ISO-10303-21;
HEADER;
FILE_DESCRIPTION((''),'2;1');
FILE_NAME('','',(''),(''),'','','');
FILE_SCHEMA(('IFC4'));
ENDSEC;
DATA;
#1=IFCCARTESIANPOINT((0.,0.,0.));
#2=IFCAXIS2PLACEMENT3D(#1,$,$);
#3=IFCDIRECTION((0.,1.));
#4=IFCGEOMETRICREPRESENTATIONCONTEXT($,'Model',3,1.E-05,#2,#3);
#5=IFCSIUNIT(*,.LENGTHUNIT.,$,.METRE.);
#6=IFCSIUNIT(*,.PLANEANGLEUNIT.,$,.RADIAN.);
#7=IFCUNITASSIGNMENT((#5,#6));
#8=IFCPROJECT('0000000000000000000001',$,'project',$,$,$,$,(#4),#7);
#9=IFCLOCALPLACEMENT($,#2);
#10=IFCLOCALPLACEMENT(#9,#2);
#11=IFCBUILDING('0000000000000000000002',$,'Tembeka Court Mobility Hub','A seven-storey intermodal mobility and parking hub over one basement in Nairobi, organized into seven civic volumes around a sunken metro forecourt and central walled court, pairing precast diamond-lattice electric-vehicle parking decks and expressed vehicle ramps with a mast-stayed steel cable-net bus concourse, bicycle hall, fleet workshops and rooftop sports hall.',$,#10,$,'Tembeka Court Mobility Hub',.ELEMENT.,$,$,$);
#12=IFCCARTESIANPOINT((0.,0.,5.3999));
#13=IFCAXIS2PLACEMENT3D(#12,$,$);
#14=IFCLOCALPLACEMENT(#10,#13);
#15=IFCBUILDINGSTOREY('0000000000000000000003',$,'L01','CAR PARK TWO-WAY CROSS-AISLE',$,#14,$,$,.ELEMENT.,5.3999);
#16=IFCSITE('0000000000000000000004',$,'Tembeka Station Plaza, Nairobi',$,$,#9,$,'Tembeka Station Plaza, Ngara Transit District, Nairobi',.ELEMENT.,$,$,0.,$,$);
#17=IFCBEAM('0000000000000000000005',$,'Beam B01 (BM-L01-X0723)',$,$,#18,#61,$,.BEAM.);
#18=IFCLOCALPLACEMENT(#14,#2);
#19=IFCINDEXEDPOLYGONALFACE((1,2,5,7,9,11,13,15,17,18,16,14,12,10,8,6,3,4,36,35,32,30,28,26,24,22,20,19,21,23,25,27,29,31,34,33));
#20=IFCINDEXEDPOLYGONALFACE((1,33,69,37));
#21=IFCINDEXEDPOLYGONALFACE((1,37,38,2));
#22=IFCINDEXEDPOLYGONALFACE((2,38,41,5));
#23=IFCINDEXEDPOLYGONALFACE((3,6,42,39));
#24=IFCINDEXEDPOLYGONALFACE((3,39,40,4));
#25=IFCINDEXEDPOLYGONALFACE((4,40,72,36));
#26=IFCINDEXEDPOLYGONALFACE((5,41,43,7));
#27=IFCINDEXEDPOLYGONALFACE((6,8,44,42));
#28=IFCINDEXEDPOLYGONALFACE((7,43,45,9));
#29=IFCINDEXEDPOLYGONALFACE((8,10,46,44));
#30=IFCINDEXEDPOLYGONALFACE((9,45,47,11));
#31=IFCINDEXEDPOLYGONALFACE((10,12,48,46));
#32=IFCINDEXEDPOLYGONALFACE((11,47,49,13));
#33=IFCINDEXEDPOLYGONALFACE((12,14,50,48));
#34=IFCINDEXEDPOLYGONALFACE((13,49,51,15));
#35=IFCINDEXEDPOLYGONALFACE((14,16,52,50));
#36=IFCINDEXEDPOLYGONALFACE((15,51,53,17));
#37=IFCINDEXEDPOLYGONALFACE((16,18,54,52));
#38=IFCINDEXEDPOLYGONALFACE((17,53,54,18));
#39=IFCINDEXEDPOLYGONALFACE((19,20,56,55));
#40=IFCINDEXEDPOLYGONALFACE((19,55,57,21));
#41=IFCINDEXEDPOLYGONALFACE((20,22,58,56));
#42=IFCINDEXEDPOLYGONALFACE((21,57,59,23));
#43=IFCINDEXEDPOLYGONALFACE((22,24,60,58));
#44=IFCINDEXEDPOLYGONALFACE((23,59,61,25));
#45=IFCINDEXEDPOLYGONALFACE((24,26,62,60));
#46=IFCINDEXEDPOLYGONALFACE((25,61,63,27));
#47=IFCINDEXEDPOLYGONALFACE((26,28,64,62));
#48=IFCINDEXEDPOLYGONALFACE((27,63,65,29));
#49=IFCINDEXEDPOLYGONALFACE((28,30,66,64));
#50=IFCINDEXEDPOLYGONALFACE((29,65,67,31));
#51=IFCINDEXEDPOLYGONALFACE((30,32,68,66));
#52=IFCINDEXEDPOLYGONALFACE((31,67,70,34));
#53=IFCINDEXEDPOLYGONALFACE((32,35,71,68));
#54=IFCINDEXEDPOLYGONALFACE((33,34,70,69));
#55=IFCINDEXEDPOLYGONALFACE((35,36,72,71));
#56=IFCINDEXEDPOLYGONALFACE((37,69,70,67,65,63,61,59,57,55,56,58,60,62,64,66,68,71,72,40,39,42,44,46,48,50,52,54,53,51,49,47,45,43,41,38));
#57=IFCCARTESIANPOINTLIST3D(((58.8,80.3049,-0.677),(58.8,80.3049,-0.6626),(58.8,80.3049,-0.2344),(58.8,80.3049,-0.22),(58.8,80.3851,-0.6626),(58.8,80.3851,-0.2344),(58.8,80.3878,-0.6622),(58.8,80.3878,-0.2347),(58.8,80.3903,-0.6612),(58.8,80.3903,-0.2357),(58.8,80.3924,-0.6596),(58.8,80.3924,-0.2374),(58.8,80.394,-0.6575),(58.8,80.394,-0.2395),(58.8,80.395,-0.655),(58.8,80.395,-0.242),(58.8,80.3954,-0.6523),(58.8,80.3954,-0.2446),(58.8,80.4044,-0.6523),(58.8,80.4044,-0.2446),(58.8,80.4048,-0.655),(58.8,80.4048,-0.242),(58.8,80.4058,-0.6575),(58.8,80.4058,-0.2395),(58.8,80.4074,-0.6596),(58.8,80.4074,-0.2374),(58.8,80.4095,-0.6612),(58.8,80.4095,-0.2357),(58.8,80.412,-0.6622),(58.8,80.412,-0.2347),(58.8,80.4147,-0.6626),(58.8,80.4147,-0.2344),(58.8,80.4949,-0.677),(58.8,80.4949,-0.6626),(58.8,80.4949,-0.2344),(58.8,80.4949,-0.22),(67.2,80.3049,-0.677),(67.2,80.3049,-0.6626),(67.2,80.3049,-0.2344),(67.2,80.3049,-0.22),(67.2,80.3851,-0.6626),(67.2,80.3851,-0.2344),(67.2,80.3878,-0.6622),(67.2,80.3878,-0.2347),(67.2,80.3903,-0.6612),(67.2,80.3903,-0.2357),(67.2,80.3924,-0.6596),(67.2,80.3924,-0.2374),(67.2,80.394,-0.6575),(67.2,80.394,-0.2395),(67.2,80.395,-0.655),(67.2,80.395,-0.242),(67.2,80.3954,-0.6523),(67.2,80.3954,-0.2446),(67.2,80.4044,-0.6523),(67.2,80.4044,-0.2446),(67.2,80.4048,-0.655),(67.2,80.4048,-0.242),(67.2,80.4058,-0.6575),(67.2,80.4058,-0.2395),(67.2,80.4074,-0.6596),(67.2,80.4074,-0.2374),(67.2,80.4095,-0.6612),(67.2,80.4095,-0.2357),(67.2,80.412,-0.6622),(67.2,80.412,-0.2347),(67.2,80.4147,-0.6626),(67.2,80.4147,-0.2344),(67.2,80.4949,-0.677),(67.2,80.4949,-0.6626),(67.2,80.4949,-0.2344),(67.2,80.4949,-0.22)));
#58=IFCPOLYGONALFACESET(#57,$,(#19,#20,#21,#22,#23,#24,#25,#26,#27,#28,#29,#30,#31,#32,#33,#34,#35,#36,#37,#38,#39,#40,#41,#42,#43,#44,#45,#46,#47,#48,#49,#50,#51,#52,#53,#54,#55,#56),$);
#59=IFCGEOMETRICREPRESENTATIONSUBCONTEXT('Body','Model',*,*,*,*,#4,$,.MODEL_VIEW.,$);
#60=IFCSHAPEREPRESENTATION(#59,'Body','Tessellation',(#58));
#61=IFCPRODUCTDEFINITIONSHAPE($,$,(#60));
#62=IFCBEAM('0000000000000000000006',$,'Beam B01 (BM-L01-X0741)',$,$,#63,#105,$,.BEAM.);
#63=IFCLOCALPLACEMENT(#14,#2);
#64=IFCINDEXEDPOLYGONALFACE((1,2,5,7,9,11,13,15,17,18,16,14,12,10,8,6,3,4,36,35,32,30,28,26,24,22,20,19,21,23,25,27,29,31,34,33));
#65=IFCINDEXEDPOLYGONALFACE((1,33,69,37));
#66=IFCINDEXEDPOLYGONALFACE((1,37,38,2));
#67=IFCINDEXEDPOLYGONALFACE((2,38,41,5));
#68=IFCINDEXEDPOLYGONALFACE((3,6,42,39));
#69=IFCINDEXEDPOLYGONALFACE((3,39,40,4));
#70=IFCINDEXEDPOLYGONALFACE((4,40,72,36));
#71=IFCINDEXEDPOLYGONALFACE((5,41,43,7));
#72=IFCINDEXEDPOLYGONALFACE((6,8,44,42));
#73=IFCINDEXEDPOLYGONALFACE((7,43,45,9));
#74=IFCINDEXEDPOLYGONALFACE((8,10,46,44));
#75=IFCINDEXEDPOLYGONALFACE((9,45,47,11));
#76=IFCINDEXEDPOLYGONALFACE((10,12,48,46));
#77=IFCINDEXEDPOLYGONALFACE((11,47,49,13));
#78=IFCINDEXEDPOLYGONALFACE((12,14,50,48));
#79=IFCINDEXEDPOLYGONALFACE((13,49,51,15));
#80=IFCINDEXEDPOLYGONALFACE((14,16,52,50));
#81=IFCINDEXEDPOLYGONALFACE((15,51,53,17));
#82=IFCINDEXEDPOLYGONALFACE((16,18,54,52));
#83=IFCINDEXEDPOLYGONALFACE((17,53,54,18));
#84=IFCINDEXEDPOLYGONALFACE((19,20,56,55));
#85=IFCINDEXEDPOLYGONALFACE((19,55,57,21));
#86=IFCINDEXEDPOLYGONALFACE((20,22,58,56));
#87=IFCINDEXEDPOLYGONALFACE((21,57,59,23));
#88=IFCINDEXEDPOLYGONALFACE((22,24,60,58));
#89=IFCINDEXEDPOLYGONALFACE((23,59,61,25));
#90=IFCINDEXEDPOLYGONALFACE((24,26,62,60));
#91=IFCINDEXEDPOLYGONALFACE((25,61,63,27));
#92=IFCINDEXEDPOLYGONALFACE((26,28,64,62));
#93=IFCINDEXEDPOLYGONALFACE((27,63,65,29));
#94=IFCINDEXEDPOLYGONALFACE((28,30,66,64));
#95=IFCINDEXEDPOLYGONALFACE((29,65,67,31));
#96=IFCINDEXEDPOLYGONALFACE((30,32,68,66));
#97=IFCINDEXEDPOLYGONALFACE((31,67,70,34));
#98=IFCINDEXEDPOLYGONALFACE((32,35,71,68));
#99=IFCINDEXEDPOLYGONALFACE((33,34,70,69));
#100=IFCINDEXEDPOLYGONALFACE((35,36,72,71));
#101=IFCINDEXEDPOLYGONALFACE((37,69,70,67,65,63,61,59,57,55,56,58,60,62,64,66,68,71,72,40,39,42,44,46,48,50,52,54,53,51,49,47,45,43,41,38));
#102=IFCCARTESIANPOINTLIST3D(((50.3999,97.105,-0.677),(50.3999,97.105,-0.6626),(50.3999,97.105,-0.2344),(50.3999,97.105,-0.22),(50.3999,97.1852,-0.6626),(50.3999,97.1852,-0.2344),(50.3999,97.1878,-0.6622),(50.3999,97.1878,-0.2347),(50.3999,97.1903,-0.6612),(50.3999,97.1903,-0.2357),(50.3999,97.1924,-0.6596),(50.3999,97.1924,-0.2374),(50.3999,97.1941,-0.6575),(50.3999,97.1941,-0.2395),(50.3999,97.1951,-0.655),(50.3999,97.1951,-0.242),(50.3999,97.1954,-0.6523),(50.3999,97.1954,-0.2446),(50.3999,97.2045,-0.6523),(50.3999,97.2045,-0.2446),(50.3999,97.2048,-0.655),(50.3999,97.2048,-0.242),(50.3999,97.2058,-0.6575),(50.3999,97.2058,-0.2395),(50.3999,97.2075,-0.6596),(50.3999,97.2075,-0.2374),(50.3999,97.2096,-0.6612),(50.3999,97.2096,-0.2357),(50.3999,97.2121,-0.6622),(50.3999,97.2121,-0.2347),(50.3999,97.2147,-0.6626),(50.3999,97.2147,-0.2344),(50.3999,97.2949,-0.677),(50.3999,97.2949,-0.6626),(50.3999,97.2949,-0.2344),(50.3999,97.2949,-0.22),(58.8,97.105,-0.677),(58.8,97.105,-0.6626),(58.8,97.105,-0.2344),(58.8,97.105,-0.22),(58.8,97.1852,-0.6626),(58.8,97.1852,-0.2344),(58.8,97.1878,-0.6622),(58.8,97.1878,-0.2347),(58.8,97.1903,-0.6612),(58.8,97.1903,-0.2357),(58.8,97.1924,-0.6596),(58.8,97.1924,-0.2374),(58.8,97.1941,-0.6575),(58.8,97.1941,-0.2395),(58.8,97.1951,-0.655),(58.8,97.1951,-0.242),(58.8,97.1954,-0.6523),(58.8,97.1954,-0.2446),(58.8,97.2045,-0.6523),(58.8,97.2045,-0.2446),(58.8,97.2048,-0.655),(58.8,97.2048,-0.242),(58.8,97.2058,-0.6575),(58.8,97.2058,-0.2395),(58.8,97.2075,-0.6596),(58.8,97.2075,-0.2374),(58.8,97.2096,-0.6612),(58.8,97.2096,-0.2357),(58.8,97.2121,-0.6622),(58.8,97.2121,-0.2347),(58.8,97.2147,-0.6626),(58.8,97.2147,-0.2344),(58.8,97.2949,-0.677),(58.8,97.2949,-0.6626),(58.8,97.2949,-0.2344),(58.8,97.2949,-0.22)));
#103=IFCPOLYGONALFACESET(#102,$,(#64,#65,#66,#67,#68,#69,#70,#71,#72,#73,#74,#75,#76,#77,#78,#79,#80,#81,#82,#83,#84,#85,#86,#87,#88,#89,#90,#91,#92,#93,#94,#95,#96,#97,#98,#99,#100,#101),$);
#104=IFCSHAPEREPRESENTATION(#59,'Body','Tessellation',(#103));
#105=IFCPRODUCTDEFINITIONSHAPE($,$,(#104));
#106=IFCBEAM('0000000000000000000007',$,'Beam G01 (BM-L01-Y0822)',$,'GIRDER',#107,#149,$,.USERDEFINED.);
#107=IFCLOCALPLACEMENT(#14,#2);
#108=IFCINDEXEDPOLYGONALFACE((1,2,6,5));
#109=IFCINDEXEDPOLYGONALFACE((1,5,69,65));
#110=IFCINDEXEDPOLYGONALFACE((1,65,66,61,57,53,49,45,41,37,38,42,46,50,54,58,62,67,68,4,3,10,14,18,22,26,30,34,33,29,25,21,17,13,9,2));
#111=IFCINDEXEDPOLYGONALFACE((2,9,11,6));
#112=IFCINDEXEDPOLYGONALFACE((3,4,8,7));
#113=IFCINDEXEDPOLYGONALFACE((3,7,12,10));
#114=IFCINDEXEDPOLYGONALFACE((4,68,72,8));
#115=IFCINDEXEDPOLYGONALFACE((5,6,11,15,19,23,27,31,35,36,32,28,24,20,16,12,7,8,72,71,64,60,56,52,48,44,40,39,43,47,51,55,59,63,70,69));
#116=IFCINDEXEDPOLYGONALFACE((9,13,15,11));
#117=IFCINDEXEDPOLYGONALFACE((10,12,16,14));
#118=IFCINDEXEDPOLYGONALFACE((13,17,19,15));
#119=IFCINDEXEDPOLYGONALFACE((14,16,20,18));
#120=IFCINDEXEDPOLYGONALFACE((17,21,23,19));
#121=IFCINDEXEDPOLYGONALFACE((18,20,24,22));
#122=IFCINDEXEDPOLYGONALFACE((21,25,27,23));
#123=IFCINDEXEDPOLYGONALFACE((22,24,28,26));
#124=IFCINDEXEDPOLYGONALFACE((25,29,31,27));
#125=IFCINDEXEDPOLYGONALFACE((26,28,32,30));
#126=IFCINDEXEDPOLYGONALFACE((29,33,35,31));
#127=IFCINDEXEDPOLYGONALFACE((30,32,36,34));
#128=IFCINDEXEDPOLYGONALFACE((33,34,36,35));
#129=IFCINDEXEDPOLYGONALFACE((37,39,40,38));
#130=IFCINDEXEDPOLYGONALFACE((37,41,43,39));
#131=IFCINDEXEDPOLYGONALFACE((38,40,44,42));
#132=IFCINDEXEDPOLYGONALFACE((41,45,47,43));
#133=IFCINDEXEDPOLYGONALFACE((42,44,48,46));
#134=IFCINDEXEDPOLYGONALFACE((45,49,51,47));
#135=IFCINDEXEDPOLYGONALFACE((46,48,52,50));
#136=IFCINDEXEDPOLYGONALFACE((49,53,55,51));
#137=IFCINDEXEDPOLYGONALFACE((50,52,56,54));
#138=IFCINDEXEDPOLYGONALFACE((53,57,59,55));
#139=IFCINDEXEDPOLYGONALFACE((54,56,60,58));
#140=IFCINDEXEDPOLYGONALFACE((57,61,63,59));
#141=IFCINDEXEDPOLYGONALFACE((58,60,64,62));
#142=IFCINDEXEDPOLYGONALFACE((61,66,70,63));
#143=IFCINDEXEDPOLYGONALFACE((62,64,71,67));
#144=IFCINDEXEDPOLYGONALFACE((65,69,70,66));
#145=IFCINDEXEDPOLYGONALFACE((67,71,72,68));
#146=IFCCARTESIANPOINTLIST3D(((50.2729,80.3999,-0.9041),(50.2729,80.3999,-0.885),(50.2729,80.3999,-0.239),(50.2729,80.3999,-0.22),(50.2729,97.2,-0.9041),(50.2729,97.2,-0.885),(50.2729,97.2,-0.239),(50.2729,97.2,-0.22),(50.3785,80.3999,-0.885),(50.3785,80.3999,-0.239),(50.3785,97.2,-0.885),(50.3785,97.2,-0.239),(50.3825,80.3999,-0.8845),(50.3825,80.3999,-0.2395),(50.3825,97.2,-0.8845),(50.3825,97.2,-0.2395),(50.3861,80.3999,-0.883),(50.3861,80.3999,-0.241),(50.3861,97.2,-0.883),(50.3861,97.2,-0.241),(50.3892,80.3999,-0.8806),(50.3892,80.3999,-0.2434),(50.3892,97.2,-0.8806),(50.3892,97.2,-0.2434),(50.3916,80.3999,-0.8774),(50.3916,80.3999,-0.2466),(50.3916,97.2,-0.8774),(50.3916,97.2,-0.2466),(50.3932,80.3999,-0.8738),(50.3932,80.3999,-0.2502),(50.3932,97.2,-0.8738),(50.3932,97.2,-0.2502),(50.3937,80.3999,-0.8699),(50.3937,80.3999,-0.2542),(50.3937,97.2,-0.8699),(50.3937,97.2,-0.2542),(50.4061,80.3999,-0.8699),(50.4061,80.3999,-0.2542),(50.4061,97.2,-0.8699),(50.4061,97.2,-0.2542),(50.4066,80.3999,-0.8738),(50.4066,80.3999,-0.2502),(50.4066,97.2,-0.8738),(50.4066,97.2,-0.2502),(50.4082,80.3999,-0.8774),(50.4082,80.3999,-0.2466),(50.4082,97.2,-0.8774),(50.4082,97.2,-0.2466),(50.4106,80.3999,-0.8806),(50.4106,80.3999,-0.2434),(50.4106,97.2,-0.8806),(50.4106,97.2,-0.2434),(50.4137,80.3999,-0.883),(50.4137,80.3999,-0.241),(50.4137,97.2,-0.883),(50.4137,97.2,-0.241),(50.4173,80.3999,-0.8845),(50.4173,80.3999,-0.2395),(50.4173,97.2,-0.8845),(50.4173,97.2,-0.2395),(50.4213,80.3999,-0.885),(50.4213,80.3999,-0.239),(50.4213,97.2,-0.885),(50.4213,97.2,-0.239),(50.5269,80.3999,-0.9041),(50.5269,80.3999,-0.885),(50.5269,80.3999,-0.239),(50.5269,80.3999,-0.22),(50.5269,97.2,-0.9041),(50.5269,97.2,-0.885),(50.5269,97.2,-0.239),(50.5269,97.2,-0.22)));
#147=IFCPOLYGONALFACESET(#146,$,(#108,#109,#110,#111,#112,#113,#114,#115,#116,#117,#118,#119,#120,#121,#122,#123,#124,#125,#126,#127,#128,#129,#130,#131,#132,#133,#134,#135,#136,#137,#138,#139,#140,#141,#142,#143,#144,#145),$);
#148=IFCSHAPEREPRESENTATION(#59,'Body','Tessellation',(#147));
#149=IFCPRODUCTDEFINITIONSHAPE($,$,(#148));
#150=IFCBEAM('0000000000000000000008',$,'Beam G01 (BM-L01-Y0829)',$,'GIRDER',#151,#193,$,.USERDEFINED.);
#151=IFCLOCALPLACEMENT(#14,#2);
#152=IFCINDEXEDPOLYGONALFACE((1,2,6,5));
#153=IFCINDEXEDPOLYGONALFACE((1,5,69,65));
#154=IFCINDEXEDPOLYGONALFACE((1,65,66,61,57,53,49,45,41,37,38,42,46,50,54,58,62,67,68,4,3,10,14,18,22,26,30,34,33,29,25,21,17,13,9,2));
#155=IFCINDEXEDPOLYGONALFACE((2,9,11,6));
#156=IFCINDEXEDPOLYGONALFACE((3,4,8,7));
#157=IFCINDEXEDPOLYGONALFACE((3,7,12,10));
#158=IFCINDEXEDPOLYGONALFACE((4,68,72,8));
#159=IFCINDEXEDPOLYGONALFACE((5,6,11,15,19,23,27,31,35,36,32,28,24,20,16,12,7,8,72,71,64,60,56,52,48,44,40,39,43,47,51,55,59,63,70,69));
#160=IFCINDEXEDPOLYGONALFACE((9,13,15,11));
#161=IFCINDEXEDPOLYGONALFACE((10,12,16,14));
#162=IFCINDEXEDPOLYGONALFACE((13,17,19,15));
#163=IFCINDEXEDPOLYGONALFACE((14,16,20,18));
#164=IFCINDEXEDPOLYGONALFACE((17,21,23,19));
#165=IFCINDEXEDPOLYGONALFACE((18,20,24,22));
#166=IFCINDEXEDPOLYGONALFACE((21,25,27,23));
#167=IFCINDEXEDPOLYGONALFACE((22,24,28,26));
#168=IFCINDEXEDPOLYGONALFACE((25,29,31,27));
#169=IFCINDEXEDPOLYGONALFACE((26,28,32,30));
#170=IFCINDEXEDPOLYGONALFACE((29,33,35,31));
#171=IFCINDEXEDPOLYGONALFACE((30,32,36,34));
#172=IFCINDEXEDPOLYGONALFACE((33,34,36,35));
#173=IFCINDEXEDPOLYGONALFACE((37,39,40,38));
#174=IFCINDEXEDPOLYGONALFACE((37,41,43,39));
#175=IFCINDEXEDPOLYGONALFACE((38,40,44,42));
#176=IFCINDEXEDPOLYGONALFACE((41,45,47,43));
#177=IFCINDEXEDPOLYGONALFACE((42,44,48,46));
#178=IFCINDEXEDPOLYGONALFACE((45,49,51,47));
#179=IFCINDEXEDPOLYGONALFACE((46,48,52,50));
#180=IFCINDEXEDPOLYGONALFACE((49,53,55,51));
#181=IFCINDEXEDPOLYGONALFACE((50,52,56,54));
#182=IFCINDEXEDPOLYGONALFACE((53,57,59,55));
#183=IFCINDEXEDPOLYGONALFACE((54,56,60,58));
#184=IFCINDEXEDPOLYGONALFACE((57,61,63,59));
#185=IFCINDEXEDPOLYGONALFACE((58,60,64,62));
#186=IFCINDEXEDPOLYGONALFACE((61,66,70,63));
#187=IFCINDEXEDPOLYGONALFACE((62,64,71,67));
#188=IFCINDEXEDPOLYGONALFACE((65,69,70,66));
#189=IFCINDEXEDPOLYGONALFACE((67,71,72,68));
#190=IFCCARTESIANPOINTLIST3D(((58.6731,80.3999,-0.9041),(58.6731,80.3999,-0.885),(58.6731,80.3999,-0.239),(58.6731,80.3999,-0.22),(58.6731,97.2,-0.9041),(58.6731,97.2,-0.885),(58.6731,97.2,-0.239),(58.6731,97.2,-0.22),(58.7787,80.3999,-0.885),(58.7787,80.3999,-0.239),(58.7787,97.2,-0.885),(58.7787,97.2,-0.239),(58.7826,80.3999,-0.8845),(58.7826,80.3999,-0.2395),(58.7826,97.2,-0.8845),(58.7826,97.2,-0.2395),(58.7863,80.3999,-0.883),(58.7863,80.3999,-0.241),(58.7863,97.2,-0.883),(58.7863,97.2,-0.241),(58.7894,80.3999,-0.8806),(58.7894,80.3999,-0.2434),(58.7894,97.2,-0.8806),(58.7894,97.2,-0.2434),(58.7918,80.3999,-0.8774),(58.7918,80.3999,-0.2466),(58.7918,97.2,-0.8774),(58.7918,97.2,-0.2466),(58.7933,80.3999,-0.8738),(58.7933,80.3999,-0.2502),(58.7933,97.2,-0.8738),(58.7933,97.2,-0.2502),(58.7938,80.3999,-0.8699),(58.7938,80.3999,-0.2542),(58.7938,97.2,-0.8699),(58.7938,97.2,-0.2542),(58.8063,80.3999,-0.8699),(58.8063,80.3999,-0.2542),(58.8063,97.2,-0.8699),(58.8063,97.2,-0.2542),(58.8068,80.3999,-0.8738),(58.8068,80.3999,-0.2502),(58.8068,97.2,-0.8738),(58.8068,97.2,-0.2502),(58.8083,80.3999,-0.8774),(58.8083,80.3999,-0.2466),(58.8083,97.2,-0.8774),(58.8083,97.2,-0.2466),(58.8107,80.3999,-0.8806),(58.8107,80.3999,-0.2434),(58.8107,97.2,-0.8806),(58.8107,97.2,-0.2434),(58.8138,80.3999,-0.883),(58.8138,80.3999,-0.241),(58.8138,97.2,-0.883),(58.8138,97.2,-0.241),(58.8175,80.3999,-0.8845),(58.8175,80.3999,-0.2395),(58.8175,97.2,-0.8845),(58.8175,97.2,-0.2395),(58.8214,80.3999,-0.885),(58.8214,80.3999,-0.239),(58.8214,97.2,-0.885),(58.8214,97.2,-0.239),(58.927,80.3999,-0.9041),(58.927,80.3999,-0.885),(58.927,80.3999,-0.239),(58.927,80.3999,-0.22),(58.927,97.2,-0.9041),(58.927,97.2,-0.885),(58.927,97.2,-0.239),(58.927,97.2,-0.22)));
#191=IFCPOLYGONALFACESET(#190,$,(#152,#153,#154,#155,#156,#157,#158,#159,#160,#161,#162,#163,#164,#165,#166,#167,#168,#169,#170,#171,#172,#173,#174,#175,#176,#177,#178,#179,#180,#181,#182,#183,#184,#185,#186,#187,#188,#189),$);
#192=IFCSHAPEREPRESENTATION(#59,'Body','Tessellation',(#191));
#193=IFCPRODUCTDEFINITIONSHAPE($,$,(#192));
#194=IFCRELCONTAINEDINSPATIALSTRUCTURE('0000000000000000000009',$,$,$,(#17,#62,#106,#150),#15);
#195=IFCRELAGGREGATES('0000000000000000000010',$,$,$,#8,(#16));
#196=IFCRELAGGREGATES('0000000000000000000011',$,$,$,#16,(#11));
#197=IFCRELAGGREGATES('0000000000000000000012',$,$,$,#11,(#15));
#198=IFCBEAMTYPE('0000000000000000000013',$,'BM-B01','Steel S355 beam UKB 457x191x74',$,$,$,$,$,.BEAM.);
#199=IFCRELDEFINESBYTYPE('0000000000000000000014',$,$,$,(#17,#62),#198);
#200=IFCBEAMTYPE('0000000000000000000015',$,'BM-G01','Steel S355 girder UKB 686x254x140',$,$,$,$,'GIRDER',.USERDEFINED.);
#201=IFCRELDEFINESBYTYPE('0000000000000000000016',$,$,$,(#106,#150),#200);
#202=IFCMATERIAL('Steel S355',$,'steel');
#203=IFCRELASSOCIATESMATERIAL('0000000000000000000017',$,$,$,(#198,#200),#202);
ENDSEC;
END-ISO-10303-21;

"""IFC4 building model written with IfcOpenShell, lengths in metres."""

from ifc_helpers import new_model, si_unit, direction, frame, origin, origin_2d, place, context, subcontext, project, spatial, i_section, extrude, material, material_profile, profile_set, type_object, element, save


model = new_model("IFC4")

# Units and contexts
model_context = context("Model", 3, precision=1e-05, world=origin(), true_north=direction((0.0, 1.0)))
body_context = subcontext(model_context, "Body", "Model", "MODEL_VIEW")
ifc_project = project(units=[si_unit("LENGTHUNIT", "METRE"), si_unit("PLANEANGLEUNIT", "RADIAN")], contexts=[model_context])

# Site, building, storey
site_placement = place(None, origin())
site = spatial("IfcSite", under=ifc_project, at=site_placement, Name="Tembeka Station Plaza, Nairobi", LongName="Tembeka Station Plaza, Ngara Transit District, Nairobi", CompositionType="ELEMENT", RefElevation=0.0)
building_placement = place(site_placement, origin())
building = spatial("IfcBuilding", under=site, at=building_placement, Name="Tembeka Court Mobility Hub", Description="A seven-storey intermodal mobility and parking hub over one basement in Nairobi, organized into seven civic volumes around a sunken metro forecourt and central walled court, pairing precast diamond-lattice electric-vehicle parking decks and expressed vehicle ramps with a mast-stayed steel cable-net bus concourse, bicycle hall, fleet workshops and rooftop sports hall.", LongName="Tembeka Court Mobility Hub", CompositionType="ELEMENT")
storey_placement = place(building_placement, frame((0.0, 0.0, 5.3999)))
storey = spatial("IfcBuildingStorey", under=building, at=storey_placement, Name="L01", Description="CAR PARK TWO-WAY CROSS-AISLE", CompositionType="ELEMENT", Elevation=5.3999)

# Shared definitions
ifc_material = material(Name="Steel S355", Category="steel")

# Beams
ifc_material_profile_1 = material_profile(ifc_material, i_section(OverallWidth=0.1899, OverallDepth=0.457, WebThickness=0.009, FlangeThickness=0.0144, FilletRadius=0.0103, at=origin_2d()), Name="UKB 457x191x74")
ifc_profile_set_1 = profile_set([ifc_material_profile_1], Name="Steel S355")
beam_type_1 = type_object("IfcBeamType", Name="BM-B01", Description="Steel S355 beam UKB 457x191x74", PredefinedType="BEAM", material=ifc_profile_set_1)
beam_1_placement = place(storey_placement, frame((58.8, 80.3999, -0.4485), z_axis=(1.0, 0.0, 0.0), x_axis=(0.0, 1.0, 0.0)))
element("IfcBeam", 1, at=beam_1_placement, inside=storey, type_object=beam_type_1, Name="Beam B01 (BM-L01-X0723)", PredefinedType="BEAM", context=body_context, shape_type="SweptSolid", body=[
    extrude(i_section(OverallWidth=0.1899, OverallDepth=0.457, WebThickness=0.009, FlangeThickness=0.0144, FilletRadius=0.0103, at=origin_2d()), origin(), (0.0, 0.0, 1.0), 8.3999),
])
beam_2_placement = place(storey_placement, frame((50.3999, 97.2, -0.4485), z_axis=(1.0, 0.0, 0.0), x_axis=(0.0, 1.0, 0.0)))
element("IfcBeam", 2, at=beam_2_placement, inside=storey, type_object=beam_type_1, Name="Beam B01 (BM-L01-X0741)", PredefinedType="BEAM", context=body_context, shape_type="SweptSolid", body=[
    extrude(i_section(OverallWidth=0.1899, OverallDepth=0.457, WebThickness=0.009, FlangeThickness=0.0144, FilletRadius=0.0103, at=origin_2d()), origin(), (0.0, 0.0, 1.0), 8.4001),
])
ifc_material_profile_2 = material_profile(ifc_material, i_section(OverallWidth=0.2539, OverallDepth=0.6841, WebThickness=0.0125, FlangeThickness=0.019, FilletRadius=0.0151, at=origin_2d()), Name="UKB 686x254x140")
ifc_profile_set_2 = profile_set([ifc_material_profile_2], Name="Steel S355")
beam_type_2 = type_object("IfcBeamType", Name="BM-G01", Description="Steel S355 girder UKB 686x254x140", ElementType="GIRDER", PredefinedType="USERDEFINED", material=ifc_profile_set_2)
for number, where, z_axis, x_axis, name in (
    (3, (50.3999, 80.3999, -0.562), (0.0, 1.0, 0.0), (-1.0, 0.0, 0.0), "Beam G01 (BM-L01-Y0822)"),
    (4, (58.8, 80.3999, -0.562), (0.0, 1.0, 0.0), (-1.0, 0.0, 0.0), "Beam G01 (BM-L01-Y0829)"),
):
    element("IfcBeam", number, at=place(storey_placement, frame(where, z_axis=z_axis, x_axis=x_axis)), inside=storey, type_object=beam_type_2, Name=name, ObjectType="GIRDER", PredefinedType="USERDEFINED", context=body_context, shape_type="SweptSolid", body=[
        extrude(i_section(OverallWidth=0.2539, OverallDepth=0.6841, WebThickness=0.0125, FlangeThickness=0.019, FilletRadius=0.0151, at=origin_2d()), origin(), (0.0, 0.0, 1.0), 16.8),
    ])

save(model, "model.ifc")
